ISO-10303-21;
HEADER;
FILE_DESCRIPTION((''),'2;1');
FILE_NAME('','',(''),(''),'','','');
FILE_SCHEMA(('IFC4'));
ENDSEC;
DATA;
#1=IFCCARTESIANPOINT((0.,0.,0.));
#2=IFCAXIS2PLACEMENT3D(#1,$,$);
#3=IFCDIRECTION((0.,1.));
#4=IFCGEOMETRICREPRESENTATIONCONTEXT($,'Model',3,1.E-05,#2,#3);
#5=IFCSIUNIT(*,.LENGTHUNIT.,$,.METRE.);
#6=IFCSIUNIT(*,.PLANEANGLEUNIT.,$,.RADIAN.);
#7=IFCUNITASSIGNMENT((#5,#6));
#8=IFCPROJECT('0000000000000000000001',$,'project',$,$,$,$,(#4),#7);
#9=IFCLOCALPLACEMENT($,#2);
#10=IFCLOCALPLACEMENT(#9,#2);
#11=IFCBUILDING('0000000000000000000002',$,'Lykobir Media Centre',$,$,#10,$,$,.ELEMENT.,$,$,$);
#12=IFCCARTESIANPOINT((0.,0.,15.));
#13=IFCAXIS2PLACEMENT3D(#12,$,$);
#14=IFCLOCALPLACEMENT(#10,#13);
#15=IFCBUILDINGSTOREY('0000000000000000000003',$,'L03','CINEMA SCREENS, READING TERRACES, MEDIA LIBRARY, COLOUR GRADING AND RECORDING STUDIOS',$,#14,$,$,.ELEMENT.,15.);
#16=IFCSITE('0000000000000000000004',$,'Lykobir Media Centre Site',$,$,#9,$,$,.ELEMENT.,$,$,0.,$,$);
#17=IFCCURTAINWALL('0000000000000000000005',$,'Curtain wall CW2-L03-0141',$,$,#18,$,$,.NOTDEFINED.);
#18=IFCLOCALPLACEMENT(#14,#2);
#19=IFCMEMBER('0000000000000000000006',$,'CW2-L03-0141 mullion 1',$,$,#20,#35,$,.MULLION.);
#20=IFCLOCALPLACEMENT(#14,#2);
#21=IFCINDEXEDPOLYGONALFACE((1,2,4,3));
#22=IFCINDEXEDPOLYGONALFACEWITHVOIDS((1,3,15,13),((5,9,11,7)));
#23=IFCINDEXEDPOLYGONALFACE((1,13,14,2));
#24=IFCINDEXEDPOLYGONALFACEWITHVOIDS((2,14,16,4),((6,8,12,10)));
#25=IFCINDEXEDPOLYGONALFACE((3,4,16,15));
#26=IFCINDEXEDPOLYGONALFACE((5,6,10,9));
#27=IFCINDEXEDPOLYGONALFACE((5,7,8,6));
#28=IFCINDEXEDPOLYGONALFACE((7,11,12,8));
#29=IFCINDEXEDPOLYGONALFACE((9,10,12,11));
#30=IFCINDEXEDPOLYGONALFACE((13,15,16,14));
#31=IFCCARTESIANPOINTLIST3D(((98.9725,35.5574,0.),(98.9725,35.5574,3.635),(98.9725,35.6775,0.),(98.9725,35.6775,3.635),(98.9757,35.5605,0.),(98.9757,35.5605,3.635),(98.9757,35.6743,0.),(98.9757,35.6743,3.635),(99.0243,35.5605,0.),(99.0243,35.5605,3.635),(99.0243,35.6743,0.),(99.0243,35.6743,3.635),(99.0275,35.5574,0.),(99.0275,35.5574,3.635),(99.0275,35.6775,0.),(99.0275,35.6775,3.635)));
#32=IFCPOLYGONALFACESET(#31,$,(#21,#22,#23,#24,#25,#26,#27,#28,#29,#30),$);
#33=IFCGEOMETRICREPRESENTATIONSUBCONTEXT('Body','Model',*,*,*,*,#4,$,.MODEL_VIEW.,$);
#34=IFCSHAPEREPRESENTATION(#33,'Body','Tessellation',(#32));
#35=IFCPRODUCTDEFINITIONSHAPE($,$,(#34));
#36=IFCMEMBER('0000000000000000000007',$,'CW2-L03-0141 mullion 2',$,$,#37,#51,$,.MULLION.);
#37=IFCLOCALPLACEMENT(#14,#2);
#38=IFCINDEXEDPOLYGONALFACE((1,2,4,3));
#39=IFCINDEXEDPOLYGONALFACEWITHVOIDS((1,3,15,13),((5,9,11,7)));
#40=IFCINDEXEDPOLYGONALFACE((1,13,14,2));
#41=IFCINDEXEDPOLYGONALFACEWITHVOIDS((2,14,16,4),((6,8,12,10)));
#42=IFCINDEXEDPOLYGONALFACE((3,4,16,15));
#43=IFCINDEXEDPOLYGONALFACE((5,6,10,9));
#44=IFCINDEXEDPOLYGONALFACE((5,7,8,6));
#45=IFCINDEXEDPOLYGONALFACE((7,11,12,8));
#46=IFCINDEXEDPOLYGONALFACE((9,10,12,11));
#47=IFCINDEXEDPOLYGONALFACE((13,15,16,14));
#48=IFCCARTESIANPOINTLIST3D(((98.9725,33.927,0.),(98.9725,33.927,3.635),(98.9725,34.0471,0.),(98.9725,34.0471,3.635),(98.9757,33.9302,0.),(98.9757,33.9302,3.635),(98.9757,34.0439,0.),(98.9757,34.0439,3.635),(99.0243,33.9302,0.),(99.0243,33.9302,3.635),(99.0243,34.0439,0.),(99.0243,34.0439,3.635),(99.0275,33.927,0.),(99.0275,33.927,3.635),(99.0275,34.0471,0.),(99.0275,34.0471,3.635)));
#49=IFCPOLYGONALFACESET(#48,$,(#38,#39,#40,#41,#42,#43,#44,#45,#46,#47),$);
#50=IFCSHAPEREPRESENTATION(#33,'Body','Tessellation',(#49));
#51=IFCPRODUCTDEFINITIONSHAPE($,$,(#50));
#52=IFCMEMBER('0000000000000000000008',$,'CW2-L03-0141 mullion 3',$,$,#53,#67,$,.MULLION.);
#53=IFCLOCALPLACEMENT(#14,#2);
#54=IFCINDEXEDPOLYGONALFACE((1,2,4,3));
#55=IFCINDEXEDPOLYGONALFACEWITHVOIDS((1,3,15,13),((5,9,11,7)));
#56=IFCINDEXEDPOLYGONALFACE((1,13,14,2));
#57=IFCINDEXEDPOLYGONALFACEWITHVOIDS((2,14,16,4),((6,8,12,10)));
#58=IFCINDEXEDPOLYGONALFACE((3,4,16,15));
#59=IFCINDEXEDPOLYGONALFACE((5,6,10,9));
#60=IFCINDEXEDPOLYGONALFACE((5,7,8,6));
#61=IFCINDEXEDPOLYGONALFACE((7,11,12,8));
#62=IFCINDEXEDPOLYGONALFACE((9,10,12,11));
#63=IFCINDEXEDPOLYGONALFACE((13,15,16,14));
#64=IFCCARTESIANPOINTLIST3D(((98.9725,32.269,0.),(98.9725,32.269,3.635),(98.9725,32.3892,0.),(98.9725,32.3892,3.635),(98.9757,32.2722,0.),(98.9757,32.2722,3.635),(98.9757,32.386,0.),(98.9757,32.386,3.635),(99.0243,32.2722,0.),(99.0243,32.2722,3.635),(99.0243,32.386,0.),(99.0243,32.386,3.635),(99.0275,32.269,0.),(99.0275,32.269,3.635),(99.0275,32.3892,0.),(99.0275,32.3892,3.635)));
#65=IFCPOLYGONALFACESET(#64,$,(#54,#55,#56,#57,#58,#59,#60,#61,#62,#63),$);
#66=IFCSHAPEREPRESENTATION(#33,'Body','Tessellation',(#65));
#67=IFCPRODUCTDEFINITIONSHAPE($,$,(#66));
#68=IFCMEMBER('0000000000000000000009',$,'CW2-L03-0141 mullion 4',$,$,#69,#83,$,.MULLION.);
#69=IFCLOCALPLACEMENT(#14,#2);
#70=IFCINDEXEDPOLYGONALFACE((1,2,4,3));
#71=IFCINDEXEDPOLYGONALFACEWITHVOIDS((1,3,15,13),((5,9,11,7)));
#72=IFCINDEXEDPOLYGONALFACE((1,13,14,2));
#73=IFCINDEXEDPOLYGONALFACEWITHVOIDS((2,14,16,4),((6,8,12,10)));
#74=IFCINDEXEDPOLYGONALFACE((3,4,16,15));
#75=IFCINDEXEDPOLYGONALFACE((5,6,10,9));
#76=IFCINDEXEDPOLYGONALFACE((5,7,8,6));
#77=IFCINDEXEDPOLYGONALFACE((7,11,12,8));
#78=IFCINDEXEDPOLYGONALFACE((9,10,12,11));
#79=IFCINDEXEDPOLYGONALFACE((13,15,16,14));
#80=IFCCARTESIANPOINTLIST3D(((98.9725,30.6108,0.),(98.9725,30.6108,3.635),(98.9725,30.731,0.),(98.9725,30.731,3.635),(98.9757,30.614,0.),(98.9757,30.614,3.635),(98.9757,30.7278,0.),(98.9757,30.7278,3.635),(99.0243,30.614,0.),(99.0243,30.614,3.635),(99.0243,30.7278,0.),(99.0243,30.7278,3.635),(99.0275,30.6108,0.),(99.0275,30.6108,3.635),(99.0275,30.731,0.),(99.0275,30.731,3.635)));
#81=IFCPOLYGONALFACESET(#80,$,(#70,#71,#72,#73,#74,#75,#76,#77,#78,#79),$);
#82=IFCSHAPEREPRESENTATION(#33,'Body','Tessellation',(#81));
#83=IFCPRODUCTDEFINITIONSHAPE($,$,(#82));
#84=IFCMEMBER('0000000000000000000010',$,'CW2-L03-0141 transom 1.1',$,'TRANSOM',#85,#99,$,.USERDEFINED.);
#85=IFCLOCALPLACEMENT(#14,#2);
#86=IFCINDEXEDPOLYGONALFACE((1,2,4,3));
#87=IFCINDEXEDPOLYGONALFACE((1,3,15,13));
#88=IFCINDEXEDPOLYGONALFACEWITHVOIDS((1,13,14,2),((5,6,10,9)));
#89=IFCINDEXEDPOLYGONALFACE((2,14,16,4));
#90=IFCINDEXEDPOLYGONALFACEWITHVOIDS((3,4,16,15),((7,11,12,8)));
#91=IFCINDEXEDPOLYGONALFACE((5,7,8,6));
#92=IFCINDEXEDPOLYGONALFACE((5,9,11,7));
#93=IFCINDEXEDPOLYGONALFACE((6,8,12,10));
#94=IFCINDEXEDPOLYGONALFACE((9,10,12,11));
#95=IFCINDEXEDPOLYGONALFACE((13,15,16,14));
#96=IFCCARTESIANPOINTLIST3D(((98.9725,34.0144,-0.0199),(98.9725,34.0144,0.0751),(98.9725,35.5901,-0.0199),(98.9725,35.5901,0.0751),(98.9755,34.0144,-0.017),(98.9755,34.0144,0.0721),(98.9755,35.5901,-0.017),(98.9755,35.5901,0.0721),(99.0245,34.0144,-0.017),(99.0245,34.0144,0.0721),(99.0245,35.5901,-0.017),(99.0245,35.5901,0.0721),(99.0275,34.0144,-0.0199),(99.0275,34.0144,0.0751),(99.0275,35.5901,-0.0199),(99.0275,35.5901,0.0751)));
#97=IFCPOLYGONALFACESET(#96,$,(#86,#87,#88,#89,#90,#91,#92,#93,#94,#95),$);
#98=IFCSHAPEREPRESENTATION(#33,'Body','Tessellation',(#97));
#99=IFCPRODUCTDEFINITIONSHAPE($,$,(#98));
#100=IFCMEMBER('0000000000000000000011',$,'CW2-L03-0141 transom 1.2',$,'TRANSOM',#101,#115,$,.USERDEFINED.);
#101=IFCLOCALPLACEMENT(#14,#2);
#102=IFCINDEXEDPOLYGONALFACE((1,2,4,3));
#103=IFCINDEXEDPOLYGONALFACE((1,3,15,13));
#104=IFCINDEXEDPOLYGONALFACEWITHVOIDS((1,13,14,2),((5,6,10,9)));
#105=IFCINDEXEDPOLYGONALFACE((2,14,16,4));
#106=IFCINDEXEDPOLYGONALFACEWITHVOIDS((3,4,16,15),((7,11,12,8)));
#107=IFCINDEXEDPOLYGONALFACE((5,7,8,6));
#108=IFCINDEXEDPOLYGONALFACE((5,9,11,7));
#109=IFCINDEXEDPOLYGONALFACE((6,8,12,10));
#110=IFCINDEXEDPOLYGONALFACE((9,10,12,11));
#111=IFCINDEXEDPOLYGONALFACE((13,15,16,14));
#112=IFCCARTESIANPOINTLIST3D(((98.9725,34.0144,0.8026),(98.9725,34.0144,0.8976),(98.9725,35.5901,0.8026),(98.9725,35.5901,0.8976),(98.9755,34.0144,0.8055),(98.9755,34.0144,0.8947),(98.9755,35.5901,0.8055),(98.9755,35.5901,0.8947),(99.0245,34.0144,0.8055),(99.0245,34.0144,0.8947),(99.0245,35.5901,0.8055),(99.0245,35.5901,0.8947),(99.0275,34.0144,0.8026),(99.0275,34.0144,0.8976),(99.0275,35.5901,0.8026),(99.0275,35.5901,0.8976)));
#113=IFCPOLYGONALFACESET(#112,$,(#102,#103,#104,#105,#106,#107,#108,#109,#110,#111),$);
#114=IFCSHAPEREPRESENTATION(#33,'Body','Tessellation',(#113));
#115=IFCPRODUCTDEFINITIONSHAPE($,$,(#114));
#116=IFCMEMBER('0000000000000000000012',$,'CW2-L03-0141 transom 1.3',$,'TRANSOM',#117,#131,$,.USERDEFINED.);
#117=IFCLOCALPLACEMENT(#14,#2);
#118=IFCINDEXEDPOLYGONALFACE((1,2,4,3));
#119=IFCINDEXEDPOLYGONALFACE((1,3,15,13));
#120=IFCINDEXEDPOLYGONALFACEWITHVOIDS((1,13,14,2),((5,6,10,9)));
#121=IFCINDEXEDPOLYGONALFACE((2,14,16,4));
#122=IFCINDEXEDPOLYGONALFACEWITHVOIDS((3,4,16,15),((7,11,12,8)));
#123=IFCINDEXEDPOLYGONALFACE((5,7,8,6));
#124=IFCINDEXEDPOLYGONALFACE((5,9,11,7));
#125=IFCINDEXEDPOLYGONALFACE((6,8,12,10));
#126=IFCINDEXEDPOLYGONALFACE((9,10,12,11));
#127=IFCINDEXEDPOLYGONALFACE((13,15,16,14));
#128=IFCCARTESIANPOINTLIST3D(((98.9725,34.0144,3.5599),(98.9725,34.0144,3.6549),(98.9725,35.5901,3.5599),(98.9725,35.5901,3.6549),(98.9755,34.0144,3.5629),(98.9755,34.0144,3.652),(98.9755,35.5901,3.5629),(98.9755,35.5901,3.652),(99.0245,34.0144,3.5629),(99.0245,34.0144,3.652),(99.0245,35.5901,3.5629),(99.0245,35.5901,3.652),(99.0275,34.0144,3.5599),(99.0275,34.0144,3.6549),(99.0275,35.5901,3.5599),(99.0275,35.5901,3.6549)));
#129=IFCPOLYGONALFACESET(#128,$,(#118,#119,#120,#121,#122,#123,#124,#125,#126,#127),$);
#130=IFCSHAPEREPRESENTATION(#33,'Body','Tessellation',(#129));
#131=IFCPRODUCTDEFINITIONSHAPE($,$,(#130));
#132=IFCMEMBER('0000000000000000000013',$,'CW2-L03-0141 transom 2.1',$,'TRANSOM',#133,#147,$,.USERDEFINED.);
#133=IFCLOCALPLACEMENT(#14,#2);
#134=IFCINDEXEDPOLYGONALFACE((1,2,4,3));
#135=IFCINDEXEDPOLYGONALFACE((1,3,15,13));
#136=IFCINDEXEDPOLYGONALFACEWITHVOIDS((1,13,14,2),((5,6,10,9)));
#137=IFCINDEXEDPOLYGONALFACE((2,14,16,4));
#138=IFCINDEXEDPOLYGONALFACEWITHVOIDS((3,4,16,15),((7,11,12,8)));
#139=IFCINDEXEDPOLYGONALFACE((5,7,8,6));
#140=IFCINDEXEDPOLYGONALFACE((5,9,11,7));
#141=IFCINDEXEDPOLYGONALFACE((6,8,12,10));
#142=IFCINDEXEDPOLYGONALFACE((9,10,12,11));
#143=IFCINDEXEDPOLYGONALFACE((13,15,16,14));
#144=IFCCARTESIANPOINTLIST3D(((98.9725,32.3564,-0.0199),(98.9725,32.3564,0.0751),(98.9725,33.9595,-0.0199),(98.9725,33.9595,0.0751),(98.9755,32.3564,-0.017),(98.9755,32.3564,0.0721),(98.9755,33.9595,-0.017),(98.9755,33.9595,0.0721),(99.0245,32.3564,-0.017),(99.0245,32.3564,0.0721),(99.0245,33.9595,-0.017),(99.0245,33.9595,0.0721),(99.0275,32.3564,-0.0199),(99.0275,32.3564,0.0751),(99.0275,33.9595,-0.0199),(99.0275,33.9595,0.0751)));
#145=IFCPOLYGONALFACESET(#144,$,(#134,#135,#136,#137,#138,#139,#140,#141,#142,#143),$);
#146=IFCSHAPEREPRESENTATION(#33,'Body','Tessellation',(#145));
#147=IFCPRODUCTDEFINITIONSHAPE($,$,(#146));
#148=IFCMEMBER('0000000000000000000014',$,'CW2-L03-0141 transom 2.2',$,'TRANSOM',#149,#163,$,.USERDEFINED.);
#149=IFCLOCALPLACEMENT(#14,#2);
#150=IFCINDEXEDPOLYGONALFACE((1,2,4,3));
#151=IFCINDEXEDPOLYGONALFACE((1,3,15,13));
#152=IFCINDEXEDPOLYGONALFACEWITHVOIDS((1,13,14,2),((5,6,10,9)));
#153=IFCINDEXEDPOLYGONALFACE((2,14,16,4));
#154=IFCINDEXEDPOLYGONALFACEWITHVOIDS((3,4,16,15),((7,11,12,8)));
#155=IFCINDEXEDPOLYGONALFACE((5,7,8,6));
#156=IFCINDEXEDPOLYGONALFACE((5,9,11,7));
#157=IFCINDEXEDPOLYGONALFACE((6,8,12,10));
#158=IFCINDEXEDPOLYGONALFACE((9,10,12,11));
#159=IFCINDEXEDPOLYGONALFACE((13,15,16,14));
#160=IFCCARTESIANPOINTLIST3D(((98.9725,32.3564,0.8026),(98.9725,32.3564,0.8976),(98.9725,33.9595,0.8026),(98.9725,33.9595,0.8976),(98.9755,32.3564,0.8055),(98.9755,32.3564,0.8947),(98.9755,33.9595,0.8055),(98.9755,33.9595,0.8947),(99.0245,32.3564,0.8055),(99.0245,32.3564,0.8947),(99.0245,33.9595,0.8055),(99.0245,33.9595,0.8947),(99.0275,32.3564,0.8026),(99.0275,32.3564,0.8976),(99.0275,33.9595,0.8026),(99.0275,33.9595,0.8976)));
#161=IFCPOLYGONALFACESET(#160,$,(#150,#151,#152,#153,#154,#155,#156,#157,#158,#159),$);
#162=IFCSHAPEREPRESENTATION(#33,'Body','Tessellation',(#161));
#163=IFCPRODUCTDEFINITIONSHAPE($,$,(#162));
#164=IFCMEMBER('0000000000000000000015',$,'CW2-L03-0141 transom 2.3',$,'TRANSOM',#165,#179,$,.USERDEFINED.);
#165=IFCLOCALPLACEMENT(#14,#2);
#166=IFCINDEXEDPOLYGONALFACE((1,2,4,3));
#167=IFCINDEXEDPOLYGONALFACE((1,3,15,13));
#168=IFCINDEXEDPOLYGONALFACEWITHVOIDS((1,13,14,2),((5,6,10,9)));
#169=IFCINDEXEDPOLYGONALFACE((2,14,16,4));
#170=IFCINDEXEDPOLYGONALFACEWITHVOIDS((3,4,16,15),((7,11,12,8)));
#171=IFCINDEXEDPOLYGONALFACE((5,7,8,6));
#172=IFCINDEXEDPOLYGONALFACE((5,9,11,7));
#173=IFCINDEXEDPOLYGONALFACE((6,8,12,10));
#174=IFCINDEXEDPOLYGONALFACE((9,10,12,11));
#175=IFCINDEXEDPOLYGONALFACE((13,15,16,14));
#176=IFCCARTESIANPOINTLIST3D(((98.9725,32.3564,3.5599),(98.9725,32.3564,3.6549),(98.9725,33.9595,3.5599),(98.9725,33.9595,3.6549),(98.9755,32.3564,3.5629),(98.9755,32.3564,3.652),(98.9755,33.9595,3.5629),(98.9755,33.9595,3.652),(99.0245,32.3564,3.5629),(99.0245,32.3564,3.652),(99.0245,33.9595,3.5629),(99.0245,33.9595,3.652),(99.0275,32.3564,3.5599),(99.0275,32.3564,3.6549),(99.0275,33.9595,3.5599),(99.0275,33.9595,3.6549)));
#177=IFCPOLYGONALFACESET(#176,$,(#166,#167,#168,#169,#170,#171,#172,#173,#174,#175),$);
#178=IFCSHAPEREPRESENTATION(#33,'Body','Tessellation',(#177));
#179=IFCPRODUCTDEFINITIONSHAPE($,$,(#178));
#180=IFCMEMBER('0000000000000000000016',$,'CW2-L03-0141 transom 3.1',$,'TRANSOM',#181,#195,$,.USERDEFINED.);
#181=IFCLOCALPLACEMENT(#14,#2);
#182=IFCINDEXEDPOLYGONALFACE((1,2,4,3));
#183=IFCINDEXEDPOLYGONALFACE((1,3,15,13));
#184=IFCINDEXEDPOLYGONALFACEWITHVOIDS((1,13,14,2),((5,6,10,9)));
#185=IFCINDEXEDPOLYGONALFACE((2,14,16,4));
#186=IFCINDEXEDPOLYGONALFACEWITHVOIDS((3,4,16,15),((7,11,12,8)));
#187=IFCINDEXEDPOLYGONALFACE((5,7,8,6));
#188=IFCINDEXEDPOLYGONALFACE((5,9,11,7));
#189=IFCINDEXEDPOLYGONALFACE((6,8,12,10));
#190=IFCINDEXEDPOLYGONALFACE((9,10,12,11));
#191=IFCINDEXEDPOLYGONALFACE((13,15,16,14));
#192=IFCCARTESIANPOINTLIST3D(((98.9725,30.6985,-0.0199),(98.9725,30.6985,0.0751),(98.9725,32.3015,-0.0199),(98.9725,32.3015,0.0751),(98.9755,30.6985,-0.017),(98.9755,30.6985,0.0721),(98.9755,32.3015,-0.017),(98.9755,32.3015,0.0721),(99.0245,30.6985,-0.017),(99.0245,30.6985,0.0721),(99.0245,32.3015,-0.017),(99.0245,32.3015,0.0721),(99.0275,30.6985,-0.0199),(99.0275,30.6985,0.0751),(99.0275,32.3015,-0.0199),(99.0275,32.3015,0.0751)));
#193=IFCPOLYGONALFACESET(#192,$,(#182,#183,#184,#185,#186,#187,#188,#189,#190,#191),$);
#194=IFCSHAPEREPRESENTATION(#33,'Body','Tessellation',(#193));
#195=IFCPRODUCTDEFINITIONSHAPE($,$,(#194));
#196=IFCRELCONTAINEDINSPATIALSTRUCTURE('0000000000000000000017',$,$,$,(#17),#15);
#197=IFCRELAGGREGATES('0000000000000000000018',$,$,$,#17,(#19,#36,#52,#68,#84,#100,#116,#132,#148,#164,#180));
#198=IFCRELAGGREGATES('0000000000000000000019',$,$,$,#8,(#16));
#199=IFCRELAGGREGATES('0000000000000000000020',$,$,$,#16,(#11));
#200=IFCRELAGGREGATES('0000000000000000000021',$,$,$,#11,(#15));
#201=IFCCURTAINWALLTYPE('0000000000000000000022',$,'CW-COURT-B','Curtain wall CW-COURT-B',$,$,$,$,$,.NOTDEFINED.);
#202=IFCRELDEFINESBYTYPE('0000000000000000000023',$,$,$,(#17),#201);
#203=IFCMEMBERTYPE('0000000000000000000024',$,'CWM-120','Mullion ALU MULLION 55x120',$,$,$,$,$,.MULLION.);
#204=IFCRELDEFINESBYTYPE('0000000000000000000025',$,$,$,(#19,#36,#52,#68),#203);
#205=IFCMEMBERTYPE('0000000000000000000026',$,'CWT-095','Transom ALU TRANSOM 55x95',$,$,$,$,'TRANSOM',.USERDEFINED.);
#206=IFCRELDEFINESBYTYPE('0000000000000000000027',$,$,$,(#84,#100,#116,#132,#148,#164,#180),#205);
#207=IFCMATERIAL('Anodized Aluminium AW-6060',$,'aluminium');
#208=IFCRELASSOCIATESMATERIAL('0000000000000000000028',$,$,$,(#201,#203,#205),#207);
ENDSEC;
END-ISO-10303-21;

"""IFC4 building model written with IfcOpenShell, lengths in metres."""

from ifc_helpers import new_model, si_unit, direction, frame, origin, origin_2d, place, context, subcontext, project, spatial, hollow_rectangle, extrude, material, material_profile, profile_set, type_object, element, aggregate, save


model = new_model("IFC4")

# Units and contexts
model_context = context("Model", 3, precision=1e-05, world=origin(), true_north=direction((0.0, 1.0)))
body_context = subcontext(model_context, "Body", "Model", "MODEL_VIEW")
ifc_project = project(units=[si_unit("LENGTHUNIT", "METRE"), si_unit("PLANEANGLEUNIT", "RADIAN")], contexts=[model_context])

# Site, building, storey
site_placement = place(None, origin())
site = spatial("IfcSite", under=ifc_project, at=site_placement, Name="Lykobir Media Centre Site", CompositionType="ELEMENT", RefElevation=0.0)
building_placement = place(site_placement, origin())
building = spatial("IfcBuilding", under=site, at=building_placement, Name="Lykobir Media Centre", CompositionType="ELEMENT")
storey_placement = place(building_placement, frame((0.0, 0.0, 15.0)))
storey = spatial("IfcBuildingStorey", under=building, at=storey_placement, Name="L03", Description="CINEMA SCREENS, READING TERRACES, MEDIA LIBRARY, COLOUR GRADING AND RECORDING STUDIOS", CompositionType="ELEMENT", Elevation=15.0)

# Curtain wall, members
ifc_material_1 = material(Name="Anodized Aluminium AW-6060", Category="aluminium")
curtain_wall_type = type_object("IfcCurtainWallType", Name="CW-COURT-B", Description="Curtain wall CW-COURT-B", PredefinedType="NOTDEFINED", material=ifc_material_1)
curtain_wall_placement = place(storey_placement, origin())
curtain_wall = element("IfcCurtainWall", 1, at=curtain_wall_placement, inside=storey, type_object=curtain_wall_type, Name="Curtain wall CW2-L03-0141", PredefinedType="NOTDEFINED")
ifc_material_profile_1 = material_profile(ifc_material_1, hollow_rectangle(XDim=0.0549, YDim=0.1201, WallThickness=0.0032, at=origin_2d()), Name="ALU MULLION 55x120")
ifc_profile_set_1 = profile_set([ifc_material_profile_1], Name="Anodized Aluminium AW-6060")
member_type_1 = type_object("IfcMemberType", Name="CWM-120", Description="Mullion ALU MULLION 55x120", PredefinedType="MULLION", material=ifc_profile_set_1)
member_1_placement = place(storey_placement, frame((99.0, 35.6174, 0.0), z_axis=(0.0, 0.0, 1.0), x_axis=(1.0, 0.0, 0.0)))
member_1 = element("IfcMember", 2, at=member_1_placement, type_object=member_type_1, Name="CW2-L03-0141 mullion 1", PredefinedType="MULLION", context=body_context, shape_type="SweptSolid", body=[
    extrude(hollow_rectangle(XDim=0.0549, YDim=0.1201, WallThickness=0.0032, at=origin_2d()), origin(), (0.0, 0.0, 1.0), 3.635),
])
member_2_placement = place(storey_placement, frame((99.0, 33.9871, 0.0), z_axis=(0.0, 0.0, 1.0), x_axis=(1.0, 0.0, 0.0)))
member_2 = element("IfcMember", 3, at=member_2_placement, type_object=member_type_1, Name="CW2-L03-0141 mullion 2", PredefinedType="MULLION", context=body_context, shape_type="SweptSolid", body=[
    extrude(hollow_rectangle(XDim=0.0549, YDim=0.1201, WallThickness=0.0032, at=origin_2d()), origin(), (0.0, 0.0, 1.0), 3.635),
])
member_3_placement = place(storey_placement, frame((99.0, 32.3291, 0.0), z_axis=(0.0, 0.0, 1.0), x_axis=(1.0, 0.0, 0.0)))
member_3 = element("IfcMember", 4, at=member_3_placement, type_object=member_type_1, Name="CW2-L03-0141 mullion 3", PredefinedType="MULLION", context=body_context, shape_type="SweptSolid", body=[
    extrude(hollow_rectangle(XDim=0.0549, YDim=0.1201, WallThickness=0.0032, at=origin_2d()), origin(), (0.0, 0.0, 1.0), 3.635),
])
member_4_placement = place(storey_placement, frame((99.0, 30.6709, 0.0), z_axis=(0.0, 0.0, 1.0), x_axis=(1.0, 0.0, 0.0)))
member_4 = element("IfcMember", 5, at=member_4_placement, type_object=member_type_1, Name="CW2-L03-0141 mullion 4", PredefinedType="MULLION", context=body_context, shape_type="SweptSolid", body=[
    extrude(hollow_rectangle(XDim=0.0549, YDim=0.1201, WallThickness=0.0032, at=origin_2d()), origin(), (0.0, 0.0, 1.0), 3.635),
])
ifc_material_profile_2 = material_profile(ifc_material_1, hollow_rectangle(XDim=0.0549, YDim=0.095, WallThickness=0.0029, at=origin_2d()), Name="ALU TRANSOM 55x95")
ifc_profile_set_2 = profile_set([ifc_material_profile_2], Name="Anodized Aluminium AW-6060")
member_type_2 = type_object("IfcMemberType", Name="CWT-095", Description="Transom ALU TRANSOM 55x95", ElementType="TRANSOM", PredefinedType="USERDEFINED", material=ifc_profile_set_2)
member_5_placement = place(storey_placement, frame((99.0, 35.5901, 0.0276), z_axis=(0.0, -1.0, 0.0), x_axis=(1.0, 0.0, 0.0)))
member_5 = element("IfcMember", 6, at=member_5_placement, type_object=member_type_2, Name="CW2-L03-0141 transom 1.1", ObjectType="TRANSOM", PredefinedType="USERDEFINED", context=body_context, shape_type="SweptSolid", body=[
    extrude(hollow_rectangle(XDim=0.0549, YDim=0.095, WallThickness=0.0029, at=origin_2d()), origin(), (0.0, 0.0, 1.0), 1.5757),
])
member_6_placement = place(storey_placement, frame((99.0, 35.5901, 0.8501), z_axis=(0.0, -1.0, 0.0), x_axis=(1.0, 0.0, 0.0)))
member_6 = element("IfcMember", 7, at=member_6_placement, type_object=member_type_2, Name="CW2-L03-0141 transom 1.2", ObjectType="TRANSOM", PredefinedType="USERDEFINED", context=body_context, shape_type="SweptSolid", body=[
    extrude(hollow_rectangle(XDim=0.0549, YDim=0.095, WallThickness=0.0029, at=origin_2d()), origin(), (0.0, 0.0, 1.0), 1.5757),
])
member_7_placement = place(storey_placement, frame((99.0, 35.5901, 3.6074), z_axis=(0.0, -1.0, 0.0), x_axis=(1.0, 0.0, 0.0)))
member_7 = element("IfcMember", 8, at=member_7_placement, type_object=member_type_2, Name="CW2-L03-0141 transom 1.3", ObjectType="TRANSOM", PredefinedType="USERDEFINED", context=body_context, shape_type="SweptSolid", body=[
    extrude(hollow_rectangle(XDim=0.0549, YDim=0.095, WallThickness=0.0029, at=origin_2d()), origin(), (0.0, 0.0, 1.0), 1.5757),
])
member_8_placement = place(storey_placement, frame((99.0, 33.9595, 0.0276), z_axis=(0.0, -1.0, 0.0), x_axis=(1.0, 0.0, 0.0)))
member_8 = element("IfcMember", 9, at=member_8_placement, type_object=member_type_2, Name="CW2-L03-0141 transom 2.1", ObjectType="TRANSOM", PredefinedType="USERDEFINED", context=body_context, shape_type="SweptSolid", body=[
    extrude(hollow_rectangle(XDim=0.0549, YDim=0.095, WallThickness=0.0029, at=origin_2d()), origin(), (0.0, 0.0, 1.0), 1.603),
])
member_9_placement = place(storey_placement, frame((99.0, 33.9595, 0.8501), z_axis=(0.0, -1.0, 0.0), x_axis=(1.0, 0.0, 0.0)))
member_9 = element("IfcMember", 10, at=member_9_placement, type_object=member_type_2, Name="CW2-L03-0141 transom 2.2", ObjectType="TRANSOM", PredefinedType="USERDEFINED", context=body_context, shape_type="SweptSolid", body=[
    extrude(hollow_rectangle(XDim=0.0549, YDim=0.095, WallThickness=0.0029, at=origin_2d()), origin(), (0.0, 0.0, 1.0), 1.603),
])
member_10_placement = place(storey_placement, frame((99.0, 33.9595, 3.6074), z_axis=(0.0, -1.0, 0.0), x_axis=(1.0, 0.0, 0.0)))
member_10 = element("IfcMember", 11, at=member_10_placement, type_object=member_type_2, Name="CW2-L03-0141 transom 2.3", ObjectType="TRANSOM", PredefinedType="USERDEFINED", context=body_context, shape_type="SweptSolid", body=[
    extrude(hollow_rectangle(XDim=0.0549, YDim=0.095, WallThickness=0.0029, at=origin_2d()), origin(), (0.0, 0.0, 1.0), 1.603),
])
member_11_placement = place(storey_placement, frame((99.0, 32.3015, 0.0276), z_axis=(0.0, -1.0, 0.0), x_axis=(1.0, 0.0, 0.0)))
member_11 = element("IfcMember", 12, at=member_11_placement, type_object=member_type_2, Name="CW2-L03-0141 transom 3.1", ObjectType="TRANSOM", PredefinedType="USERDEFINED", context=body_context, shape_type="SweptSolid", body=[
    extrude(hollow_rectangle(XDim=0.0549, YDim=0.095, WallThickness=0.0029, at=origin_2d()), origin(), (0.0, 0.0, 1.0), 1.603),
])
aggregate(curtain_wall, [member_1, member_2, member_3, member_4, member_5, member_6, member_7, member_8, member_9, member_10, member_11])

save(model, "model.ifc")
